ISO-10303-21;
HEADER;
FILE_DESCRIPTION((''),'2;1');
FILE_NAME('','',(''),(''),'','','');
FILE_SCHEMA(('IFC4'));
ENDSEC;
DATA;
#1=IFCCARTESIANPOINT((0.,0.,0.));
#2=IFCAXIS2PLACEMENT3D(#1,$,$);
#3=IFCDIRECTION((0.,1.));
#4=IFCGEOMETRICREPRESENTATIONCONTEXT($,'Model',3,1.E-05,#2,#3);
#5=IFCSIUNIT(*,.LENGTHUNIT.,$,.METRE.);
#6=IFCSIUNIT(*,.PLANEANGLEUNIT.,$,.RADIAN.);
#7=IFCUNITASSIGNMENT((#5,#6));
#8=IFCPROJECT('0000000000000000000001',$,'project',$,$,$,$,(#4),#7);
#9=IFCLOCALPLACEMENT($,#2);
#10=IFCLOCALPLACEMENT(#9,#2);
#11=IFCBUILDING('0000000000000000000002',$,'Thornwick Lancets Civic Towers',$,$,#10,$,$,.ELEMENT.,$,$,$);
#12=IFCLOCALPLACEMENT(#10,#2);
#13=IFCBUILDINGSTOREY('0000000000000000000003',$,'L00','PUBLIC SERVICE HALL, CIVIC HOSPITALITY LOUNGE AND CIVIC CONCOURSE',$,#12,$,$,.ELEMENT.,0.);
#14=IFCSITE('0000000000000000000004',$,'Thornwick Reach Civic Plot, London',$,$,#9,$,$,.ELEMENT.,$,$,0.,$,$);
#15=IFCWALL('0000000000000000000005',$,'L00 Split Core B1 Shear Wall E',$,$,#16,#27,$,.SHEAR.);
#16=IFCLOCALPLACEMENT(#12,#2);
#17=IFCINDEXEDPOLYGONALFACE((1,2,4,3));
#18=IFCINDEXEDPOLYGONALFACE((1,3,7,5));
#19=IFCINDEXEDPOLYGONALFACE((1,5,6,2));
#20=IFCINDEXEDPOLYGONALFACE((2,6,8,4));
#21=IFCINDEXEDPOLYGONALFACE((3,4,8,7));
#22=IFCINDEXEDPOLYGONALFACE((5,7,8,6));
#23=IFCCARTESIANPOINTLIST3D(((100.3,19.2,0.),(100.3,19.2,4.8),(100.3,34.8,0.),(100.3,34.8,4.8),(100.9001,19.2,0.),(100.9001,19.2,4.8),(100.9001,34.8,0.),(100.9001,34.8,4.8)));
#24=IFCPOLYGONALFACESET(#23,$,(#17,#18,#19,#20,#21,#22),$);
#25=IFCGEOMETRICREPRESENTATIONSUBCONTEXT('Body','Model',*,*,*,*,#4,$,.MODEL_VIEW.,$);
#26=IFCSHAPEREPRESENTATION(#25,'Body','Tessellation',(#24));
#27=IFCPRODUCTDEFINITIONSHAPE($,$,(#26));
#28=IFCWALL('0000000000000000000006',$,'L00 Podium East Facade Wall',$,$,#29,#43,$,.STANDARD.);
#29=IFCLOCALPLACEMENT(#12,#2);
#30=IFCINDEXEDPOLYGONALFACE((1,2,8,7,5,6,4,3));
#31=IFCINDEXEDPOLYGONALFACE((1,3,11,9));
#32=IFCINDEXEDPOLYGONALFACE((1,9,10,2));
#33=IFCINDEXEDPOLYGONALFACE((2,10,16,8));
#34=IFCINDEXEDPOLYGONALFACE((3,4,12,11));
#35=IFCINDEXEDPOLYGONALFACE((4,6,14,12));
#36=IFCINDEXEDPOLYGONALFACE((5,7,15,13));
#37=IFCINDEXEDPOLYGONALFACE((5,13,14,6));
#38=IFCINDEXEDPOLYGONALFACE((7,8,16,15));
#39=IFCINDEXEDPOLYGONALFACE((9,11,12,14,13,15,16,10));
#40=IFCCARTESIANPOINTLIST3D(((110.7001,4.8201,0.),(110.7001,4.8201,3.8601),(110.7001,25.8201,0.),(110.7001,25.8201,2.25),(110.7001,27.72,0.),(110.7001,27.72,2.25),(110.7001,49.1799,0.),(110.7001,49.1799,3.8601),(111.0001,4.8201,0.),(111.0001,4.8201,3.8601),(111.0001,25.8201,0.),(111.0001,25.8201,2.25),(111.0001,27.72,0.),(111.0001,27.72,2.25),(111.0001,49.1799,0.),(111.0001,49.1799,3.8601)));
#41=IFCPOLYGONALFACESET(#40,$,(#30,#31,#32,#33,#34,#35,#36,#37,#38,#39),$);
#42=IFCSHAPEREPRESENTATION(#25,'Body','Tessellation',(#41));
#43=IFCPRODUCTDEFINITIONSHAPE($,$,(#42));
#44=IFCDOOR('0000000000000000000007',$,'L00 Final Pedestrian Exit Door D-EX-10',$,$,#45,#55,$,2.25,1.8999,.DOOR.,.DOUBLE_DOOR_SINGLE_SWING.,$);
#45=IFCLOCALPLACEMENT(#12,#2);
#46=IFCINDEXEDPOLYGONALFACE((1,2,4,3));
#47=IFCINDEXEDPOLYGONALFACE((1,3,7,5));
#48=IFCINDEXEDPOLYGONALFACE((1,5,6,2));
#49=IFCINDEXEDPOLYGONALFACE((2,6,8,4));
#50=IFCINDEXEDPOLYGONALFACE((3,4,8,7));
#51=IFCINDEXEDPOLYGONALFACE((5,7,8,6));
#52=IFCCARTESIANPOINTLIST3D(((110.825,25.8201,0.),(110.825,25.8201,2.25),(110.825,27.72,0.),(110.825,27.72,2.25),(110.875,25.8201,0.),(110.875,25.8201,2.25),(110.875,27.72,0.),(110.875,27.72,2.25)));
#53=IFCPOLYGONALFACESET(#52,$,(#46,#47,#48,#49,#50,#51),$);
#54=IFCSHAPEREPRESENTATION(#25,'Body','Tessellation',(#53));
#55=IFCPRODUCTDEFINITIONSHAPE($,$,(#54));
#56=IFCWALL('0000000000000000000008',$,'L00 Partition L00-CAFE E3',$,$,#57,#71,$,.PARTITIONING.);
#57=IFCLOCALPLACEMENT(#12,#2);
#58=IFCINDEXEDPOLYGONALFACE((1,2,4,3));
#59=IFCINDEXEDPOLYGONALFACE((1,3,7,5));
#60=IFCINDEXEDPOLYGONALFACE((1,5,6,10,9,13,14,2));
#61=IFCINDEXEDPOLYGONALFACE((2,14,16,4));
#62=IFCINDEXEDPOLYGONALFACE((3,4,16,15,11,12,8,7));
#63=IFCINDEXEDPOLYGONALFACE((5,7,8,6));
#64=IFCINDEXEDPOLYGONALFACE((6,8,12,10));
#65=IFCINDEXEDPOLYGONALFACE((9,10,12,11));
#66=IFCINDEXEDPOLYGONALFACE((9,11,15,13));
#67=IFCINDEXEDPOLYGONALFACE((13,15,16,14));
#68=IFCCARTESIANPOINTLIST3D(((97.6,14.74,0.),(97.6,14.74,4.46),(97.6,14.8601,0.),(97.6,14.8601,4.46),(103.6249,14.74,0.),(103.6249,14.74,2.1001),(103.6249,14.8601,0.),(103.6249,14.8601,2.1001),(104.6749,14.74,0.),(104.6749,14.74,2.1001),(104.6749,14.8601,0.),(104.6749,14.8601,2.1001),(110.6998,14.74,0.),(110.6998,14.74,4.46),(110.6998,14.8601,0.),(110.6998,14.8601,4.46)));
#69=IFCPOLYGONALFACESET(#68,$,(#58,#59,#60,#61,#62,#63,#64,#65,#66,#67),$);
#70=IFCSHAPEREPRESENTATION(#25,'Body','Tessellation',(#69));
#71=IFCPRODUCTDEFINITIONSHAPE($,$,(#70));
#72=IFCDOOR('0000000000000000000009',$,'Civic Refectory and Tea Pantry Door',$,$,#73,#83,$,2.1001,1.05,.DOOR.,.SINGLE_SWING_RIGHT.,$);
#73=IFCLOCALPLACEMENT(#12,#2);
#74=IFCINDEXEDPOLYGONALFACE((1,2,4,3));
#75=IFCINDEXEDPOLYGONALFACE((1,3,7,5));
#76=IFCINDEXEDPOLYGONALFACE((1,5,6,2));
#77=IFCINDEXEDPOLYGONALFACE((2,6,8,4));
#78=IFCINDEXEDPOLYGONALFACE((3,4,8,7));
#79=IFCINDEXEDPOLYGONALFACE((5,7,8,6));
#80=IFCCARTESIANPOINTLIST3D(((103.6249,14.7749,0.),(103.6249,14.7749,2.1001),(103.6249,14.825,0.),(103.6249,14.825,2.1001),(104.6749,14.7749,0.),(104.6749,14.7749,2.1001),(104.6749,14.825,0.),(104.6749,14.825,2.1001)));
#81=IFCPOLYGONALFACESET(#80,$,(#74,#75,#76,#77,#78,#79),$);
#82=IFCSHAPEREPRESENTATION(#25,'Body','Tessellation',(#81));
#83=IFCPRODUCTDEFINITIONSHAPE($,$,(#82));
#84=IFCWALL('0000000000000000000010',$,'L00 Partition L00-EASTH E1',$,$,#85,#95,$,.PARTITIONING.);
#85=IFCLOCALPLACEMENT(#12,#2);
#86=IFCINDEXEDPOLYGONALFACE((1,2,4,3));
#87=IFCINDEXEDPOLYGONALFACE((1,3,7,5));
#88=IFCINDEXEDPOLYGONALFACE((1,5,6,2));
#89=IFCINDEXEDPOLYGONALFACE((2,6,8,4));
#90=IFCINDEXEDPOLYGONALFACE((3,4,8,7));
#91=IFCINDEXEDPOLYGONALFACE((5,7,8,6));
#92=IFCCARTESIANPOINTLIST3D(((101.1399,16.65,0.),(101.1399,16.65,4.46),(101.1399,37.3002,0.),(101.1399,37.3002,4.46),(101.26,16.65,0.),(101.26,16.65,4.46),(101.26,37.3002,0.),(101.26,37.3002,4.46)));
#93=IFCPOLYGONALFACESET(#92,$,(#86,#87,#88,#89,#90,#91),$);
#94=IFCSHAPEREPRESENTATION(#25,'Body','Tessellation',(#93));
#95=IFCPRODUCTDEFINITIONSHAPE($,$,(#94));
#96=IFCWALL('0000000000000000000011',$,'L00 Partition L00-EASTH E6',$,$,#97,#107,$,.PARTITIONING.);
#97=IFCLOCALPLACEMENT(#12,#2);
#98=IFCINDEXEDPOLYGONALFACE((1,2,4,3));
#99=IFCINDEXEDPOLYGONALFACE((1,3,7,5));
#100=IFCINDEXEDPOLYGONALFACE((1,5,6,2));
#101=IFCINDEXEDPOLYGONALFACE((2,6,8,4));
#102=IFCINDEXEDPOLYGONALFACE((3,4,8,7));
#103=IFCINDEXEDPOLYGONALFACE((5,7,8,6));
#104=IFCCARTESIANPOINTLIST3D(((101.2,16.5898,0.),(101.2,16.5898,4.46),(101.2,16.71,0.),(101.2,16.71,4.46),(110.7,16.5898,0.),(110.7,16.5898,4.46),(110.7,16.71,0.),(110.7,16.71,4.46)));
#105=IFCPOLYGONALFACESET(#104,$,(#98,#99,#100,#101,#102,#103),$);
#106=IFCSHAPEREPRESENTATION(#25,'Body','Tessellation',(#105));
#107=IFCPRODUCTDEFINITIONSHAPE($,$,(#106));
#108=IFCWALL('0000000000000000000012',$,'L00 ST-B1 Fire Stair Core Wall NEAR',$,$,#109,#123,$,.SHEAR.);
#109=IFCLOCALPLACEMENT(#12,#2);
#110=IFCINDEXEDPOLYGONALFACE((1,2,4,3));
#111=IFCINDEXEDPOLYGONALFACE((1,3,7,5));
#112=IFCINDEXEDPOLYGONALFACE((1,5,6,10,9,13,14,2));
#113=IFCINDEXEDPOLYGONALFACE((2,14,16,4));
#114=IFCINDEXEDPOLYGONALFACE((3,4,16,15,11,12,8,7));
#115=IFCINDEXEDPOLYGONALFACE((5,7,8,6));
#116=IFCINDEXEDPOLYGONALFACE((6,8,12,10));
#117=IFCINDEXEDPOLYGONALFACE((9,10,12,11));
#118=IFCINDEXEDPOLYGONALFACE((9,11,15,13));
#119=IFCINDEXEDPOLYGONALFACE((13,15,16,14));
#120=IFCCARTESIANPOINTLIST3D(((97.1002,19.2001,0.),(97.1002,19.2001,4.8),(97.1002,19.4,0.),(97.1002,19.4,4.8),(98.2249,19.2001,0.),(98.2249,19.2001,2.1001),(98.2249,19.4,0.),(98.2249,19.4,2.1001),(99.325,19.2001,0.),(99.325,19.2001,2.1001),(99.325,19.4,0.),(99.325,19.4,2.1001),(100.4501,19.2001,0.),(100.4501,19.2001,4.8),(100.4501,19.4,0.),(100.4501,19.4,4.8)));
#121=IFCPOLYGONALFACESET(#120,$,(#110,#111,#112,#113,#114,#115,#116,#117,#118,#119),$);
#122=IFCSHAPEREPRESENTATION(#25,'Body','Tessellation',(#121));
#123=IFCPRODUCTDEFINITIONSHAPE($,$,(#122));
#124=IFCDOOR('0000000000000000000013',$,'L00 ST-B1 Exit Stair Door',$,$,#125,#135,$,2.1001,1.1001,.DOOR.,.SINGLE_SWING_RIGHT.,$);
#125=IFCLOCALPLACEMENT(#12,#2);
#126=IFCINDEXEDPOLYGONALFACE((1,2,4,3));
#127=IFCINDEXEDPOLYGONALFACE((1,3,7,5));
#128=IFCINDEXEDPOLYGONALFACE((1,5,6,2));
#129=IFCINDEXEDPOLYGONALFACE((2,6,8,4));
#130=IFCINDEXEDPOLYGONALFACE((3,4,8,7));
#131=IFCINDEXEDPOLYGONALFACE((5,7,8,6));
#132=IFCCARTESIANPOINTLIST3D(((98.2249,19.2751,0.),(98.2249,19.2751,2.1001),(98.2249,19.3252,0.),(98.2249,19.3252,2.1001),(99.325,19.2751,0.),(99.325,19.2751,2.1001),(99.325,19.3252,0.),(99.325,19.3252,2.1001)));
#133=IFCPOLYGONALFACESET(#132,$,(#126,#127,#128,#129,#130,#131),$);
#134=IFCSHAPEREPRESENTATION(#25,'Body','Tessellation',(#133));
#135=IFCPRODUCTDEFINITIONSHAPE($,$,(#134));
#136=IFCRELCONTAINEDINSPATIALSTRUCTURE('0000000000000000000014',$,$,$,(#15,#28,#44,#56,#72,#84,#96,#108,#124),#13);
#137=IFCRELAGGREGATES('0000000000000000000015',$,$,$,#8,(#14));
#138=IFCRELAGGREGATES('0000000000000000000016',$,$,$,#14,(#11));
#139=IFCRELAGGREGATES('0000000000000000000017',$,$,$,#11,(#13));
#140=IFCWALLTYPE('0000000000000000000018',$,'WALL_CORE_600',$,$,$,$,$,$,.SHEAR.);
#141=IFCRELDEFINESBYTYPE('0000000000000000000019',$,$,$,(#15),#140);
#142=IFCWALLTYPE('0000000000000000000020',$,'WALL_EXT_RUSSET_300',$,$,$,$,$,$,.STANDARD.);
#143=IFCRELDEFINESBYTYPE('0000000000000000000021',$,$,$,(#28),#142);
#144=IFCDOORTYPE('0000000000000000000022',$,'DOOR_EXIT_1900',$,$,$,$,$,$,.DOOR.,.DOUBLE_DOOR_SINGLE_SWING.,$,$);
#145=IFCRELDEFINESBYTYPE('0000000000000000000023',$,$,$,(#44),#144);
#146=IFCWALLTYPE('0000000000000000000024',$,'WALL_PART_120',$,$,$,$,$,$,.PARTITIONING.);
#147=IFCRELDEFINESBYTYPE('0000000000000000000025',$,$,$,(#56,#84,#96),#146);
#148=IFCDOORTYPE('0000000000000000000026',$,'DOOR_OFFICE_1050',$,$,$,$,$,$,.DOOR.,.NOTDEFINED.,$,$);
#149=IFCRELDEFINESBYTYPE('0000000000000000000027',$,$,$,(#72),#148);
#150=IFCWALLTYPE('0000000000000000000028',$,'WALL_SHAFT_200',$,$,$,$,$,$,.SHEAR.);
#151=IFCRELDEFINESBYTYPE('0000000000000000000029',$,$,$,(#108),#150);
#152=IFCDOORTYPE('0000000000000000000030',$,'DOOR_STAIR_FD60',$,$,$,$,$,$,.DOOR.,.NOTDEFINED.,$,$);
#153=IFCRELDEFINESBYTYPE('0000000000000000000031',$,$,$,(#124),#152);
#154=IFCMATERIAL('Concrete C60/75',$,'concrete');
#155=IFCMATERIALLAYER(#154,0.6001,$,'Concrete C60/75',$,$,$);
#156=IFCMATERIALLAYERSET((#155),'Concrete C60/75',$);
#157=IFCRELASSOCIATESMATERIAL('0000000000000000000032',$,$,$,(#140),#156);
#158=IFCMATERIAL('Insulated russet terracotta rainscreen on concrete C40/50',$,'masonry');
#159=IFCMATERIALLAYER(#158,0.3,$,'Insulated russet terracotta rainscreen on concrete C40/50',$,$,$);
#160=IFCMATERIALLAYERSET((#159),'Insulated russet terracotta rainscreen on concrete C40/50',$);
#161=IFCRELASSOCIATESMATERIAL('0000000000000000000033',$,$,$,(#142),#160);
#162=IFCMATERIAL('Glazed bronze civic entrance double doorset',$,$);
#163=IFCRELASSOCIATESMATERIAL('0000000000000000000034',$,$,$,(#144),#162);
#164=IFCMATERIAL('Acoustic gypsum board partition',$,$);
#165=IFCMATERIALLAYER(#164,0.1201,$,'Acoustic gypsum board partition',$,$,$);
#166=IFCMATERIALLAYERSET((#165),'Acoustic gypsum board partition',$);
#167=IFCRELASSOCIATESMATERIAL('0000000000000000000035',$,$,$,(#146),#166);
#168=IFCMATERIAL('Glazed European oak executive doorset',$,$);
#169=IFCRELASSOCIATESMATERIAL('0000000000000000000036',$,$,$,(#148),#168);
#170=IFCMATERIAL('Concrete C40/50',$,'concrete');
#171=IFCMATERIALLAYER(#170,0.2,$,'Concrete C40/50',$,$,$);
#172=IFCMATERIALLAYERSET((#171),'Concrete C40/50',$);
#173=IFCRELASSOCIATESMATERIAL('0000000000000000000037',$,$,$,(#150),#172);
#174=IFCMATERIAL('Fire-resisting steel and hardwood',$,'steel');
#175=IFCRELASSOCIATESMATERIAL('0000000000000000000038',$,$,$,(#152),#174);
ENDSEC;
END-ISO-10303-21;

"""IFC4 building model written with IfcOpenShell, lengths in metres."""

from ifc_helpers import new_model, si_unit, direction, frame, frame_2d, origin, place, context, subcontext, project, spatial, rectangle, extrude, material, layer, layer_set, type_object, element, fill, save


model = new_model("IFC4")

# Units and contexts
model_context = context("Model", 3, precision=1e-05, world=origin(), true_north=direction((0.0, 1.0)))
body_context = subcontext(model_context, "Body", "Model", "MODEL_VIEW")
ifc_project = project(units=[si_unit("LENGTHUNIT", "METRE"), si_unit("PLANEANGLEUNIT", "RADIAN")], contexts=[model_context])

# Site, building, storey
site_placement = place(None, origin())
site = spatial("IfcSite", under=ifc_project, at=site_placement, Name="Thornwick Reach Civic Plot, London", CompositionType="ELEMENT", RefElevation=0.0)
building_placement = place(site_placement, origin())
building = spatial("IfcBuilding", under=site, at=building_placement, Name="Thornwick Lancets Civic Towers", CompositionType="ELEMENT")
storey_placement = place(building_placement, origin())
storey = spatial("IfcBuildingStorey", under=building, at=storey_placement, Name="L00", Description="PUBLIC SERVICE HALL, CIVIC HOSPITALITY LOUNGE AND CIVIC CONCOURSE", CompositionType="ELEMENT", Elevation=0.0)

# Shared definitions
ifc_material_1 = material(Name="Concrete C60/75", Category="concrete")

# Shared definitions
ifc_material_2 = material(Name="Concrete C40/50", Category="concrete")

# Wall
ifc_layer_1 = layer(ifc_material_1, 0.6001, Name="Concrete C60/75")
ifc_layer_set_1 = layer_set([ifc_layer_1], Name="Concrete C60/75")
wall_type_1 = type_object("IfcWallType", Name="WALL_CORE_600", PredefinedType="SHEAR", material=ifc_layer_set_1)
wall_1_placement = place(storey_placement, frame((100.6001, 19.2, 0.0), z_axis=(0.0, 0.0, 1.0), x_axis=(0.0, 1.0, 0.0)))
element("IfcWall", 1, at=wall_1_placement, inside=storey, type_object=wall_type_1, Name="L00 Split Core B1 Shear Wall E", PredefinedType="SHEAR", context=body_context, shape_type="SweptSolid", body=[
    extrude(rectangle(XDim=15.6001, YDim=0.6001, at=frame_2d((7.8, 0.0))), origin(), (0.0, 0.0, 1.0), 4.8),
])

# Walls, openings, doors
ifc_material_3 = material(Name="Insulated russet terracotta rainscreen on concrete C40/50", Category="masonry")
ifc_layer_2 = layer(ifc_material_3, 0.3, Name="Insulated russet terracotta rainscreen on concrete C40/50")
ifc_layer_set_2 = layer_set([ifc_layer_2], Name="Insulated russet terracotta rainscreen on concrete C40/50")
wall_type_2 = type_object("IfcWallType", Name="WALL_EXT_RUSSET_300", PredefinedType="STANDARD", material=ifc_layer_set_2)
wall_2_placement = place(storey_placement, frame((110.8501, 4.8201, 0.0), z_axis=(0.0, 0.0, 1.0), x_axis=(0.0, 1.0, 0.0)))
wall_2 = element("IfcWall", 2, at=wall_2_placement, inside=storey, type_object=wall_type_2, Name="L00 Podium East Facade Wall", PredefinedType="STANDARD", context=body_context, shape_type="SweptSolid", body=[
    extrude(rectangle(XDim=44.3599, YDim=0.3, at=frame_2d((22.1799, 0.0))), origin(), (0.0, 0.0, 1.0), 3.8601),
])
opening_1_placement = place(wall_2_placement, frame((22.8999, 0.0, 0.0), z_axis=(0.0, 0.0, 1.0), x_axis=(-1.0, 0.0, 0.0)))
opening_1 = element("IfcOpeningElement", 3, at=opening_1_placement, cuts=wall_2, PredefinedType="OPENING", context=body_context, shape_type="SweptSolid", body=[
    extrude(rectangle(XDim=1.8999, YDim=2.25, at=frame_2d((0.95, 1.125))), frame((0.0, 0.1602, 0.0), z_axis=(0.0, -1.0, 0.0), x_axis=(1.0, 0.0, 0.0)), (0.0, 0.0, 1.0), 0.3201),
])
ifc_material_4 = material(Name="Glazed bronze civic entrance double doorset")
door_type_1 = type_object("IfcDoorType", Name="DOOR_EXIT_1900", OperationType="DOUBLE_DOOR_SINGLE_SWING", PredefinedType="DOOR", material=ifc_material_4)
door_1_placement = place(opening_1_placement, origin())
door_1 = element("IfcDoor", 4, at=door_1_placement, inside=storey, type_object=door_type_1, Name="L00 Final Pedestrian Exit Door D-EX-10", OperationType="DOUBLE_DOOR_SINGLE_SWING", OverallHeight=2.25, OverallWidth=1.8999, PredefinedType="DOOR", context=body_context, shape_type="SweptSolid", body=[
    extrude(rectangle(XDim=1.8999, YDim=2.25, at=frame_2d((0.95, 1.125))), frame((0.0, 0.0249, 0.0), z_axis=(0.0, -1.0, 0.0), x_axis=(1.0, 0.0, 0.0)), (0.0, 0.0, 1.0), 0.05),
])
fill(opening_1, door_1)
ifc_material_5 = material(Name="Acoustic gypsum board partition")
ifc_layer_3 = layer(ifc_material_5, 0.1201, Name="Acoustic gypsum board partition")
ifc_layer_set_3 = layer_set([ifc_layer_3], Name="Acoustic gypsum board partition")
wall_type_3 = type_object("IfcWallType", Name="WALL_PART_120", PredefinedType="PARTITIONING", material=ifc_layer_set_3)
wall_3_placement = place(storey_placement, frame((97.6001, 14.8, 0.0), z_axis=(0.0, 0.0, 1.0), x_axis=(1.0, 0.0, 0.0)))
wall_3 = element("IfcWall", 5, at=wall_3_placement, inside=storey, type_object=wall_type_3, Name="L00 Partition L00-CAFE E3", PredefinedType="PARTITIONING", context=body_context, shape_type="SweptSolid", body=[
    extrude(rectangle(XDim=13.0999, YDim=0.1201, at=frame_2d((6.5498, 0.0))), origin(), (0.0, 0.0, 1.0), 4.46),
])
opening_2_placement = place(wall_3_placement, frame((6.0249, 0.0, 0.0)))
opening_2 = element("IfcOpeningElement", 6, at=opening_2_placement, cuts=wall_3, PredefinedType="OPENING", context=body_context, shape_type="SweptSolid", body=[
    extrude(rectangle(XDim=1.05, YDim=2.1001, at=frame_2d((0.5249, 1.05))), frame((0.0, 0.0701, 0.0), z_axis=(0.0, -1.0, 0.0), x_axis=(1.0, 0.0, 0.0)), (0.0, 0.0, 1.0), 0.1401),
])
ifc_material_6 = material(Name="Glazed European oak executive doorset")
door_type_2 = type_object("IfcDoorType", Name="DOOR_OFFICE_1050", OperationType="NOTDEFINED", PredefinedType="DOOR", material=ifc_material_6)
door_2_placement = place(opening_2_placement, origin())
door_2 = element("IfcDoor", 7, at=door_2_placement, inside=storey, type_object=door_type_2, Name="Civic Refectory and Tea Pantry Door", OperationType="SINGLE_SWING_RIGHT", OverallHeight=2.1001, OverallWidth=1.05, PredefinedType="DOOR", context=body_context, shape_type="SweptSolid", body=[
    extrude(rectangle(XDim=1.05, YDim=2.1001, at=frame_2d((0.5249, 1.05))), frame((0.0, 0.0249, 0.0), z_axis=(0.0, -1.0, 0.0), x_axis=(1.0, 0.0, 0.0)), (0.0, 0.0, 1.0), 0.05),
])
fill(opening_2, door_2)

# Walls
wall_4_placement = place(storey_placement, frame((101.2, 16.6499, 0.0), z_axis=(0.0, 0.0, 1.0), x_axis=(0.0, 1.0, 0.0)))
element("IfcWall", 8, at=wall_4_placement, inside=storey, type_object=wall_type_3, Name="L00 Partition L00-EASTH E1", PredefinedType="PARTITIONING", context=body_context, shape_type="SweptSolid", body=[
    extrude(rectangle(XDim=20.6501, YDim=0.1201, at=frame_2d((10.3252, 0.0))), origin(), (0.0, 0.0, 1.0), 4.46),
])
wall_5_placement = place(storey_placement, frame((110.7, 16.6499, 0.0), z_axis=(0.0, 0.0, 1.0), x_axis=(-1.0, 0.0, 0.0)))
element("IfcWall", 9, at=wall_5_placement, inside=storey, type_object=wall_type_3, Name="L00 Partition L00-EASTH E6", PredefinedType="PARTITIONING", context=body_context, shape_type="SweptSolid", body=[
    extrude(rectangle(XDim=9.5, YDim=0.1201, at=frame_2d((4.75, 0.0))), origin(), (0.0, 0.0, 1.0), 4.46),
])

# Wall, opening, door
ifc_layer_4 = layer(ifc_material_2, 0.2, Name="Concrete C40/50")
ifc_layer_set_4 = layer_set([ifc_layer_4], Name="Concrete C40/50")
wall_type_4 = type_object("IfcWallType", Name="WALL_SHAFT_200", PredefinedType="SHEAR", material=ifc_layer_set_4)
wall_6_placement = place(storey_placement, frame((100.45, 19.3, 0.0), z_axis=(0.0, 0.0, 1.0), x_axis=(-1.0, 0.0, 0.0)))
wall_6 = element("IfcWall", 10, at=wall_6_placement, inside=storey, type_object=wall_type_4, Name="L00 ST-B1 Fire Stair Core Wall NEAR", PredefinedType="SHEAR", context=body_context, shape_type="SweptSolid", body=[
    extrude(rectangle(XDim=3.3499, YDim=0.2, at=frame_2d((1.6748, 0.0))), origin(), (0.0, 0.0, 1.0), 4.8),
])
opening_3_placement = place(wall_6_placement, frame((1.125, 0.0, 0.0)))
opening_3 = element("IfcOpeningElement", 11, at=opening_3_placement, cuts=wall_6, PredefinedType="OPENING", context=body_context, shape_type="SweptSolid", body=[
    extrude(rectangle(XDim=1.1001, YDim=2.1001, at=frame_2d((0.55, 1.05))), frame((0.0, 0.1099, 0.0), z_axis=(0.0, -1.0, 0.0), x_axis=(1.0, 0.0, 0.0)), (0.0, 0.0, 1.0), 0.22),
])
ifc_material_7 = material(Name="Fire-resisting steel and hardwood", Category="steel")
door_type_3 = type_object("IfcDoorType", Name="DOOR_STAIR_FD60", OperationType="NOTDEFINED", PredefinedType="DOOR", material=ifc_material_7)
door_3_placement = place(opening_3_placement, origin())
door_3 = element("IfcDoor", 12, at=door_3_placement, inside=storey, type_object=door_type_3, Name="L00 ST-B1 Exit Stair Door", OperationType="SINGLE_SWING_RIGHT", OverallHeight=2.1001, OverallWidth=1.1001, PredefinedType="DOOR", context=body_context, shape_type="SweptSolid", body=[
    extrude(rectangle(XDim=1.1001, YDim=2.1001, at=frame_2d((0.55, 1.05))), frame((0.0, 0.0249, 0.0), z_axis=(0.0, -1.0, 0.0), x_axis=(1.0, 0.0, 0.0)), (0.0, 0.0, 1.0), 0.05),
])
fill(opening_3, door_3)

save(model, "model.ifc")
